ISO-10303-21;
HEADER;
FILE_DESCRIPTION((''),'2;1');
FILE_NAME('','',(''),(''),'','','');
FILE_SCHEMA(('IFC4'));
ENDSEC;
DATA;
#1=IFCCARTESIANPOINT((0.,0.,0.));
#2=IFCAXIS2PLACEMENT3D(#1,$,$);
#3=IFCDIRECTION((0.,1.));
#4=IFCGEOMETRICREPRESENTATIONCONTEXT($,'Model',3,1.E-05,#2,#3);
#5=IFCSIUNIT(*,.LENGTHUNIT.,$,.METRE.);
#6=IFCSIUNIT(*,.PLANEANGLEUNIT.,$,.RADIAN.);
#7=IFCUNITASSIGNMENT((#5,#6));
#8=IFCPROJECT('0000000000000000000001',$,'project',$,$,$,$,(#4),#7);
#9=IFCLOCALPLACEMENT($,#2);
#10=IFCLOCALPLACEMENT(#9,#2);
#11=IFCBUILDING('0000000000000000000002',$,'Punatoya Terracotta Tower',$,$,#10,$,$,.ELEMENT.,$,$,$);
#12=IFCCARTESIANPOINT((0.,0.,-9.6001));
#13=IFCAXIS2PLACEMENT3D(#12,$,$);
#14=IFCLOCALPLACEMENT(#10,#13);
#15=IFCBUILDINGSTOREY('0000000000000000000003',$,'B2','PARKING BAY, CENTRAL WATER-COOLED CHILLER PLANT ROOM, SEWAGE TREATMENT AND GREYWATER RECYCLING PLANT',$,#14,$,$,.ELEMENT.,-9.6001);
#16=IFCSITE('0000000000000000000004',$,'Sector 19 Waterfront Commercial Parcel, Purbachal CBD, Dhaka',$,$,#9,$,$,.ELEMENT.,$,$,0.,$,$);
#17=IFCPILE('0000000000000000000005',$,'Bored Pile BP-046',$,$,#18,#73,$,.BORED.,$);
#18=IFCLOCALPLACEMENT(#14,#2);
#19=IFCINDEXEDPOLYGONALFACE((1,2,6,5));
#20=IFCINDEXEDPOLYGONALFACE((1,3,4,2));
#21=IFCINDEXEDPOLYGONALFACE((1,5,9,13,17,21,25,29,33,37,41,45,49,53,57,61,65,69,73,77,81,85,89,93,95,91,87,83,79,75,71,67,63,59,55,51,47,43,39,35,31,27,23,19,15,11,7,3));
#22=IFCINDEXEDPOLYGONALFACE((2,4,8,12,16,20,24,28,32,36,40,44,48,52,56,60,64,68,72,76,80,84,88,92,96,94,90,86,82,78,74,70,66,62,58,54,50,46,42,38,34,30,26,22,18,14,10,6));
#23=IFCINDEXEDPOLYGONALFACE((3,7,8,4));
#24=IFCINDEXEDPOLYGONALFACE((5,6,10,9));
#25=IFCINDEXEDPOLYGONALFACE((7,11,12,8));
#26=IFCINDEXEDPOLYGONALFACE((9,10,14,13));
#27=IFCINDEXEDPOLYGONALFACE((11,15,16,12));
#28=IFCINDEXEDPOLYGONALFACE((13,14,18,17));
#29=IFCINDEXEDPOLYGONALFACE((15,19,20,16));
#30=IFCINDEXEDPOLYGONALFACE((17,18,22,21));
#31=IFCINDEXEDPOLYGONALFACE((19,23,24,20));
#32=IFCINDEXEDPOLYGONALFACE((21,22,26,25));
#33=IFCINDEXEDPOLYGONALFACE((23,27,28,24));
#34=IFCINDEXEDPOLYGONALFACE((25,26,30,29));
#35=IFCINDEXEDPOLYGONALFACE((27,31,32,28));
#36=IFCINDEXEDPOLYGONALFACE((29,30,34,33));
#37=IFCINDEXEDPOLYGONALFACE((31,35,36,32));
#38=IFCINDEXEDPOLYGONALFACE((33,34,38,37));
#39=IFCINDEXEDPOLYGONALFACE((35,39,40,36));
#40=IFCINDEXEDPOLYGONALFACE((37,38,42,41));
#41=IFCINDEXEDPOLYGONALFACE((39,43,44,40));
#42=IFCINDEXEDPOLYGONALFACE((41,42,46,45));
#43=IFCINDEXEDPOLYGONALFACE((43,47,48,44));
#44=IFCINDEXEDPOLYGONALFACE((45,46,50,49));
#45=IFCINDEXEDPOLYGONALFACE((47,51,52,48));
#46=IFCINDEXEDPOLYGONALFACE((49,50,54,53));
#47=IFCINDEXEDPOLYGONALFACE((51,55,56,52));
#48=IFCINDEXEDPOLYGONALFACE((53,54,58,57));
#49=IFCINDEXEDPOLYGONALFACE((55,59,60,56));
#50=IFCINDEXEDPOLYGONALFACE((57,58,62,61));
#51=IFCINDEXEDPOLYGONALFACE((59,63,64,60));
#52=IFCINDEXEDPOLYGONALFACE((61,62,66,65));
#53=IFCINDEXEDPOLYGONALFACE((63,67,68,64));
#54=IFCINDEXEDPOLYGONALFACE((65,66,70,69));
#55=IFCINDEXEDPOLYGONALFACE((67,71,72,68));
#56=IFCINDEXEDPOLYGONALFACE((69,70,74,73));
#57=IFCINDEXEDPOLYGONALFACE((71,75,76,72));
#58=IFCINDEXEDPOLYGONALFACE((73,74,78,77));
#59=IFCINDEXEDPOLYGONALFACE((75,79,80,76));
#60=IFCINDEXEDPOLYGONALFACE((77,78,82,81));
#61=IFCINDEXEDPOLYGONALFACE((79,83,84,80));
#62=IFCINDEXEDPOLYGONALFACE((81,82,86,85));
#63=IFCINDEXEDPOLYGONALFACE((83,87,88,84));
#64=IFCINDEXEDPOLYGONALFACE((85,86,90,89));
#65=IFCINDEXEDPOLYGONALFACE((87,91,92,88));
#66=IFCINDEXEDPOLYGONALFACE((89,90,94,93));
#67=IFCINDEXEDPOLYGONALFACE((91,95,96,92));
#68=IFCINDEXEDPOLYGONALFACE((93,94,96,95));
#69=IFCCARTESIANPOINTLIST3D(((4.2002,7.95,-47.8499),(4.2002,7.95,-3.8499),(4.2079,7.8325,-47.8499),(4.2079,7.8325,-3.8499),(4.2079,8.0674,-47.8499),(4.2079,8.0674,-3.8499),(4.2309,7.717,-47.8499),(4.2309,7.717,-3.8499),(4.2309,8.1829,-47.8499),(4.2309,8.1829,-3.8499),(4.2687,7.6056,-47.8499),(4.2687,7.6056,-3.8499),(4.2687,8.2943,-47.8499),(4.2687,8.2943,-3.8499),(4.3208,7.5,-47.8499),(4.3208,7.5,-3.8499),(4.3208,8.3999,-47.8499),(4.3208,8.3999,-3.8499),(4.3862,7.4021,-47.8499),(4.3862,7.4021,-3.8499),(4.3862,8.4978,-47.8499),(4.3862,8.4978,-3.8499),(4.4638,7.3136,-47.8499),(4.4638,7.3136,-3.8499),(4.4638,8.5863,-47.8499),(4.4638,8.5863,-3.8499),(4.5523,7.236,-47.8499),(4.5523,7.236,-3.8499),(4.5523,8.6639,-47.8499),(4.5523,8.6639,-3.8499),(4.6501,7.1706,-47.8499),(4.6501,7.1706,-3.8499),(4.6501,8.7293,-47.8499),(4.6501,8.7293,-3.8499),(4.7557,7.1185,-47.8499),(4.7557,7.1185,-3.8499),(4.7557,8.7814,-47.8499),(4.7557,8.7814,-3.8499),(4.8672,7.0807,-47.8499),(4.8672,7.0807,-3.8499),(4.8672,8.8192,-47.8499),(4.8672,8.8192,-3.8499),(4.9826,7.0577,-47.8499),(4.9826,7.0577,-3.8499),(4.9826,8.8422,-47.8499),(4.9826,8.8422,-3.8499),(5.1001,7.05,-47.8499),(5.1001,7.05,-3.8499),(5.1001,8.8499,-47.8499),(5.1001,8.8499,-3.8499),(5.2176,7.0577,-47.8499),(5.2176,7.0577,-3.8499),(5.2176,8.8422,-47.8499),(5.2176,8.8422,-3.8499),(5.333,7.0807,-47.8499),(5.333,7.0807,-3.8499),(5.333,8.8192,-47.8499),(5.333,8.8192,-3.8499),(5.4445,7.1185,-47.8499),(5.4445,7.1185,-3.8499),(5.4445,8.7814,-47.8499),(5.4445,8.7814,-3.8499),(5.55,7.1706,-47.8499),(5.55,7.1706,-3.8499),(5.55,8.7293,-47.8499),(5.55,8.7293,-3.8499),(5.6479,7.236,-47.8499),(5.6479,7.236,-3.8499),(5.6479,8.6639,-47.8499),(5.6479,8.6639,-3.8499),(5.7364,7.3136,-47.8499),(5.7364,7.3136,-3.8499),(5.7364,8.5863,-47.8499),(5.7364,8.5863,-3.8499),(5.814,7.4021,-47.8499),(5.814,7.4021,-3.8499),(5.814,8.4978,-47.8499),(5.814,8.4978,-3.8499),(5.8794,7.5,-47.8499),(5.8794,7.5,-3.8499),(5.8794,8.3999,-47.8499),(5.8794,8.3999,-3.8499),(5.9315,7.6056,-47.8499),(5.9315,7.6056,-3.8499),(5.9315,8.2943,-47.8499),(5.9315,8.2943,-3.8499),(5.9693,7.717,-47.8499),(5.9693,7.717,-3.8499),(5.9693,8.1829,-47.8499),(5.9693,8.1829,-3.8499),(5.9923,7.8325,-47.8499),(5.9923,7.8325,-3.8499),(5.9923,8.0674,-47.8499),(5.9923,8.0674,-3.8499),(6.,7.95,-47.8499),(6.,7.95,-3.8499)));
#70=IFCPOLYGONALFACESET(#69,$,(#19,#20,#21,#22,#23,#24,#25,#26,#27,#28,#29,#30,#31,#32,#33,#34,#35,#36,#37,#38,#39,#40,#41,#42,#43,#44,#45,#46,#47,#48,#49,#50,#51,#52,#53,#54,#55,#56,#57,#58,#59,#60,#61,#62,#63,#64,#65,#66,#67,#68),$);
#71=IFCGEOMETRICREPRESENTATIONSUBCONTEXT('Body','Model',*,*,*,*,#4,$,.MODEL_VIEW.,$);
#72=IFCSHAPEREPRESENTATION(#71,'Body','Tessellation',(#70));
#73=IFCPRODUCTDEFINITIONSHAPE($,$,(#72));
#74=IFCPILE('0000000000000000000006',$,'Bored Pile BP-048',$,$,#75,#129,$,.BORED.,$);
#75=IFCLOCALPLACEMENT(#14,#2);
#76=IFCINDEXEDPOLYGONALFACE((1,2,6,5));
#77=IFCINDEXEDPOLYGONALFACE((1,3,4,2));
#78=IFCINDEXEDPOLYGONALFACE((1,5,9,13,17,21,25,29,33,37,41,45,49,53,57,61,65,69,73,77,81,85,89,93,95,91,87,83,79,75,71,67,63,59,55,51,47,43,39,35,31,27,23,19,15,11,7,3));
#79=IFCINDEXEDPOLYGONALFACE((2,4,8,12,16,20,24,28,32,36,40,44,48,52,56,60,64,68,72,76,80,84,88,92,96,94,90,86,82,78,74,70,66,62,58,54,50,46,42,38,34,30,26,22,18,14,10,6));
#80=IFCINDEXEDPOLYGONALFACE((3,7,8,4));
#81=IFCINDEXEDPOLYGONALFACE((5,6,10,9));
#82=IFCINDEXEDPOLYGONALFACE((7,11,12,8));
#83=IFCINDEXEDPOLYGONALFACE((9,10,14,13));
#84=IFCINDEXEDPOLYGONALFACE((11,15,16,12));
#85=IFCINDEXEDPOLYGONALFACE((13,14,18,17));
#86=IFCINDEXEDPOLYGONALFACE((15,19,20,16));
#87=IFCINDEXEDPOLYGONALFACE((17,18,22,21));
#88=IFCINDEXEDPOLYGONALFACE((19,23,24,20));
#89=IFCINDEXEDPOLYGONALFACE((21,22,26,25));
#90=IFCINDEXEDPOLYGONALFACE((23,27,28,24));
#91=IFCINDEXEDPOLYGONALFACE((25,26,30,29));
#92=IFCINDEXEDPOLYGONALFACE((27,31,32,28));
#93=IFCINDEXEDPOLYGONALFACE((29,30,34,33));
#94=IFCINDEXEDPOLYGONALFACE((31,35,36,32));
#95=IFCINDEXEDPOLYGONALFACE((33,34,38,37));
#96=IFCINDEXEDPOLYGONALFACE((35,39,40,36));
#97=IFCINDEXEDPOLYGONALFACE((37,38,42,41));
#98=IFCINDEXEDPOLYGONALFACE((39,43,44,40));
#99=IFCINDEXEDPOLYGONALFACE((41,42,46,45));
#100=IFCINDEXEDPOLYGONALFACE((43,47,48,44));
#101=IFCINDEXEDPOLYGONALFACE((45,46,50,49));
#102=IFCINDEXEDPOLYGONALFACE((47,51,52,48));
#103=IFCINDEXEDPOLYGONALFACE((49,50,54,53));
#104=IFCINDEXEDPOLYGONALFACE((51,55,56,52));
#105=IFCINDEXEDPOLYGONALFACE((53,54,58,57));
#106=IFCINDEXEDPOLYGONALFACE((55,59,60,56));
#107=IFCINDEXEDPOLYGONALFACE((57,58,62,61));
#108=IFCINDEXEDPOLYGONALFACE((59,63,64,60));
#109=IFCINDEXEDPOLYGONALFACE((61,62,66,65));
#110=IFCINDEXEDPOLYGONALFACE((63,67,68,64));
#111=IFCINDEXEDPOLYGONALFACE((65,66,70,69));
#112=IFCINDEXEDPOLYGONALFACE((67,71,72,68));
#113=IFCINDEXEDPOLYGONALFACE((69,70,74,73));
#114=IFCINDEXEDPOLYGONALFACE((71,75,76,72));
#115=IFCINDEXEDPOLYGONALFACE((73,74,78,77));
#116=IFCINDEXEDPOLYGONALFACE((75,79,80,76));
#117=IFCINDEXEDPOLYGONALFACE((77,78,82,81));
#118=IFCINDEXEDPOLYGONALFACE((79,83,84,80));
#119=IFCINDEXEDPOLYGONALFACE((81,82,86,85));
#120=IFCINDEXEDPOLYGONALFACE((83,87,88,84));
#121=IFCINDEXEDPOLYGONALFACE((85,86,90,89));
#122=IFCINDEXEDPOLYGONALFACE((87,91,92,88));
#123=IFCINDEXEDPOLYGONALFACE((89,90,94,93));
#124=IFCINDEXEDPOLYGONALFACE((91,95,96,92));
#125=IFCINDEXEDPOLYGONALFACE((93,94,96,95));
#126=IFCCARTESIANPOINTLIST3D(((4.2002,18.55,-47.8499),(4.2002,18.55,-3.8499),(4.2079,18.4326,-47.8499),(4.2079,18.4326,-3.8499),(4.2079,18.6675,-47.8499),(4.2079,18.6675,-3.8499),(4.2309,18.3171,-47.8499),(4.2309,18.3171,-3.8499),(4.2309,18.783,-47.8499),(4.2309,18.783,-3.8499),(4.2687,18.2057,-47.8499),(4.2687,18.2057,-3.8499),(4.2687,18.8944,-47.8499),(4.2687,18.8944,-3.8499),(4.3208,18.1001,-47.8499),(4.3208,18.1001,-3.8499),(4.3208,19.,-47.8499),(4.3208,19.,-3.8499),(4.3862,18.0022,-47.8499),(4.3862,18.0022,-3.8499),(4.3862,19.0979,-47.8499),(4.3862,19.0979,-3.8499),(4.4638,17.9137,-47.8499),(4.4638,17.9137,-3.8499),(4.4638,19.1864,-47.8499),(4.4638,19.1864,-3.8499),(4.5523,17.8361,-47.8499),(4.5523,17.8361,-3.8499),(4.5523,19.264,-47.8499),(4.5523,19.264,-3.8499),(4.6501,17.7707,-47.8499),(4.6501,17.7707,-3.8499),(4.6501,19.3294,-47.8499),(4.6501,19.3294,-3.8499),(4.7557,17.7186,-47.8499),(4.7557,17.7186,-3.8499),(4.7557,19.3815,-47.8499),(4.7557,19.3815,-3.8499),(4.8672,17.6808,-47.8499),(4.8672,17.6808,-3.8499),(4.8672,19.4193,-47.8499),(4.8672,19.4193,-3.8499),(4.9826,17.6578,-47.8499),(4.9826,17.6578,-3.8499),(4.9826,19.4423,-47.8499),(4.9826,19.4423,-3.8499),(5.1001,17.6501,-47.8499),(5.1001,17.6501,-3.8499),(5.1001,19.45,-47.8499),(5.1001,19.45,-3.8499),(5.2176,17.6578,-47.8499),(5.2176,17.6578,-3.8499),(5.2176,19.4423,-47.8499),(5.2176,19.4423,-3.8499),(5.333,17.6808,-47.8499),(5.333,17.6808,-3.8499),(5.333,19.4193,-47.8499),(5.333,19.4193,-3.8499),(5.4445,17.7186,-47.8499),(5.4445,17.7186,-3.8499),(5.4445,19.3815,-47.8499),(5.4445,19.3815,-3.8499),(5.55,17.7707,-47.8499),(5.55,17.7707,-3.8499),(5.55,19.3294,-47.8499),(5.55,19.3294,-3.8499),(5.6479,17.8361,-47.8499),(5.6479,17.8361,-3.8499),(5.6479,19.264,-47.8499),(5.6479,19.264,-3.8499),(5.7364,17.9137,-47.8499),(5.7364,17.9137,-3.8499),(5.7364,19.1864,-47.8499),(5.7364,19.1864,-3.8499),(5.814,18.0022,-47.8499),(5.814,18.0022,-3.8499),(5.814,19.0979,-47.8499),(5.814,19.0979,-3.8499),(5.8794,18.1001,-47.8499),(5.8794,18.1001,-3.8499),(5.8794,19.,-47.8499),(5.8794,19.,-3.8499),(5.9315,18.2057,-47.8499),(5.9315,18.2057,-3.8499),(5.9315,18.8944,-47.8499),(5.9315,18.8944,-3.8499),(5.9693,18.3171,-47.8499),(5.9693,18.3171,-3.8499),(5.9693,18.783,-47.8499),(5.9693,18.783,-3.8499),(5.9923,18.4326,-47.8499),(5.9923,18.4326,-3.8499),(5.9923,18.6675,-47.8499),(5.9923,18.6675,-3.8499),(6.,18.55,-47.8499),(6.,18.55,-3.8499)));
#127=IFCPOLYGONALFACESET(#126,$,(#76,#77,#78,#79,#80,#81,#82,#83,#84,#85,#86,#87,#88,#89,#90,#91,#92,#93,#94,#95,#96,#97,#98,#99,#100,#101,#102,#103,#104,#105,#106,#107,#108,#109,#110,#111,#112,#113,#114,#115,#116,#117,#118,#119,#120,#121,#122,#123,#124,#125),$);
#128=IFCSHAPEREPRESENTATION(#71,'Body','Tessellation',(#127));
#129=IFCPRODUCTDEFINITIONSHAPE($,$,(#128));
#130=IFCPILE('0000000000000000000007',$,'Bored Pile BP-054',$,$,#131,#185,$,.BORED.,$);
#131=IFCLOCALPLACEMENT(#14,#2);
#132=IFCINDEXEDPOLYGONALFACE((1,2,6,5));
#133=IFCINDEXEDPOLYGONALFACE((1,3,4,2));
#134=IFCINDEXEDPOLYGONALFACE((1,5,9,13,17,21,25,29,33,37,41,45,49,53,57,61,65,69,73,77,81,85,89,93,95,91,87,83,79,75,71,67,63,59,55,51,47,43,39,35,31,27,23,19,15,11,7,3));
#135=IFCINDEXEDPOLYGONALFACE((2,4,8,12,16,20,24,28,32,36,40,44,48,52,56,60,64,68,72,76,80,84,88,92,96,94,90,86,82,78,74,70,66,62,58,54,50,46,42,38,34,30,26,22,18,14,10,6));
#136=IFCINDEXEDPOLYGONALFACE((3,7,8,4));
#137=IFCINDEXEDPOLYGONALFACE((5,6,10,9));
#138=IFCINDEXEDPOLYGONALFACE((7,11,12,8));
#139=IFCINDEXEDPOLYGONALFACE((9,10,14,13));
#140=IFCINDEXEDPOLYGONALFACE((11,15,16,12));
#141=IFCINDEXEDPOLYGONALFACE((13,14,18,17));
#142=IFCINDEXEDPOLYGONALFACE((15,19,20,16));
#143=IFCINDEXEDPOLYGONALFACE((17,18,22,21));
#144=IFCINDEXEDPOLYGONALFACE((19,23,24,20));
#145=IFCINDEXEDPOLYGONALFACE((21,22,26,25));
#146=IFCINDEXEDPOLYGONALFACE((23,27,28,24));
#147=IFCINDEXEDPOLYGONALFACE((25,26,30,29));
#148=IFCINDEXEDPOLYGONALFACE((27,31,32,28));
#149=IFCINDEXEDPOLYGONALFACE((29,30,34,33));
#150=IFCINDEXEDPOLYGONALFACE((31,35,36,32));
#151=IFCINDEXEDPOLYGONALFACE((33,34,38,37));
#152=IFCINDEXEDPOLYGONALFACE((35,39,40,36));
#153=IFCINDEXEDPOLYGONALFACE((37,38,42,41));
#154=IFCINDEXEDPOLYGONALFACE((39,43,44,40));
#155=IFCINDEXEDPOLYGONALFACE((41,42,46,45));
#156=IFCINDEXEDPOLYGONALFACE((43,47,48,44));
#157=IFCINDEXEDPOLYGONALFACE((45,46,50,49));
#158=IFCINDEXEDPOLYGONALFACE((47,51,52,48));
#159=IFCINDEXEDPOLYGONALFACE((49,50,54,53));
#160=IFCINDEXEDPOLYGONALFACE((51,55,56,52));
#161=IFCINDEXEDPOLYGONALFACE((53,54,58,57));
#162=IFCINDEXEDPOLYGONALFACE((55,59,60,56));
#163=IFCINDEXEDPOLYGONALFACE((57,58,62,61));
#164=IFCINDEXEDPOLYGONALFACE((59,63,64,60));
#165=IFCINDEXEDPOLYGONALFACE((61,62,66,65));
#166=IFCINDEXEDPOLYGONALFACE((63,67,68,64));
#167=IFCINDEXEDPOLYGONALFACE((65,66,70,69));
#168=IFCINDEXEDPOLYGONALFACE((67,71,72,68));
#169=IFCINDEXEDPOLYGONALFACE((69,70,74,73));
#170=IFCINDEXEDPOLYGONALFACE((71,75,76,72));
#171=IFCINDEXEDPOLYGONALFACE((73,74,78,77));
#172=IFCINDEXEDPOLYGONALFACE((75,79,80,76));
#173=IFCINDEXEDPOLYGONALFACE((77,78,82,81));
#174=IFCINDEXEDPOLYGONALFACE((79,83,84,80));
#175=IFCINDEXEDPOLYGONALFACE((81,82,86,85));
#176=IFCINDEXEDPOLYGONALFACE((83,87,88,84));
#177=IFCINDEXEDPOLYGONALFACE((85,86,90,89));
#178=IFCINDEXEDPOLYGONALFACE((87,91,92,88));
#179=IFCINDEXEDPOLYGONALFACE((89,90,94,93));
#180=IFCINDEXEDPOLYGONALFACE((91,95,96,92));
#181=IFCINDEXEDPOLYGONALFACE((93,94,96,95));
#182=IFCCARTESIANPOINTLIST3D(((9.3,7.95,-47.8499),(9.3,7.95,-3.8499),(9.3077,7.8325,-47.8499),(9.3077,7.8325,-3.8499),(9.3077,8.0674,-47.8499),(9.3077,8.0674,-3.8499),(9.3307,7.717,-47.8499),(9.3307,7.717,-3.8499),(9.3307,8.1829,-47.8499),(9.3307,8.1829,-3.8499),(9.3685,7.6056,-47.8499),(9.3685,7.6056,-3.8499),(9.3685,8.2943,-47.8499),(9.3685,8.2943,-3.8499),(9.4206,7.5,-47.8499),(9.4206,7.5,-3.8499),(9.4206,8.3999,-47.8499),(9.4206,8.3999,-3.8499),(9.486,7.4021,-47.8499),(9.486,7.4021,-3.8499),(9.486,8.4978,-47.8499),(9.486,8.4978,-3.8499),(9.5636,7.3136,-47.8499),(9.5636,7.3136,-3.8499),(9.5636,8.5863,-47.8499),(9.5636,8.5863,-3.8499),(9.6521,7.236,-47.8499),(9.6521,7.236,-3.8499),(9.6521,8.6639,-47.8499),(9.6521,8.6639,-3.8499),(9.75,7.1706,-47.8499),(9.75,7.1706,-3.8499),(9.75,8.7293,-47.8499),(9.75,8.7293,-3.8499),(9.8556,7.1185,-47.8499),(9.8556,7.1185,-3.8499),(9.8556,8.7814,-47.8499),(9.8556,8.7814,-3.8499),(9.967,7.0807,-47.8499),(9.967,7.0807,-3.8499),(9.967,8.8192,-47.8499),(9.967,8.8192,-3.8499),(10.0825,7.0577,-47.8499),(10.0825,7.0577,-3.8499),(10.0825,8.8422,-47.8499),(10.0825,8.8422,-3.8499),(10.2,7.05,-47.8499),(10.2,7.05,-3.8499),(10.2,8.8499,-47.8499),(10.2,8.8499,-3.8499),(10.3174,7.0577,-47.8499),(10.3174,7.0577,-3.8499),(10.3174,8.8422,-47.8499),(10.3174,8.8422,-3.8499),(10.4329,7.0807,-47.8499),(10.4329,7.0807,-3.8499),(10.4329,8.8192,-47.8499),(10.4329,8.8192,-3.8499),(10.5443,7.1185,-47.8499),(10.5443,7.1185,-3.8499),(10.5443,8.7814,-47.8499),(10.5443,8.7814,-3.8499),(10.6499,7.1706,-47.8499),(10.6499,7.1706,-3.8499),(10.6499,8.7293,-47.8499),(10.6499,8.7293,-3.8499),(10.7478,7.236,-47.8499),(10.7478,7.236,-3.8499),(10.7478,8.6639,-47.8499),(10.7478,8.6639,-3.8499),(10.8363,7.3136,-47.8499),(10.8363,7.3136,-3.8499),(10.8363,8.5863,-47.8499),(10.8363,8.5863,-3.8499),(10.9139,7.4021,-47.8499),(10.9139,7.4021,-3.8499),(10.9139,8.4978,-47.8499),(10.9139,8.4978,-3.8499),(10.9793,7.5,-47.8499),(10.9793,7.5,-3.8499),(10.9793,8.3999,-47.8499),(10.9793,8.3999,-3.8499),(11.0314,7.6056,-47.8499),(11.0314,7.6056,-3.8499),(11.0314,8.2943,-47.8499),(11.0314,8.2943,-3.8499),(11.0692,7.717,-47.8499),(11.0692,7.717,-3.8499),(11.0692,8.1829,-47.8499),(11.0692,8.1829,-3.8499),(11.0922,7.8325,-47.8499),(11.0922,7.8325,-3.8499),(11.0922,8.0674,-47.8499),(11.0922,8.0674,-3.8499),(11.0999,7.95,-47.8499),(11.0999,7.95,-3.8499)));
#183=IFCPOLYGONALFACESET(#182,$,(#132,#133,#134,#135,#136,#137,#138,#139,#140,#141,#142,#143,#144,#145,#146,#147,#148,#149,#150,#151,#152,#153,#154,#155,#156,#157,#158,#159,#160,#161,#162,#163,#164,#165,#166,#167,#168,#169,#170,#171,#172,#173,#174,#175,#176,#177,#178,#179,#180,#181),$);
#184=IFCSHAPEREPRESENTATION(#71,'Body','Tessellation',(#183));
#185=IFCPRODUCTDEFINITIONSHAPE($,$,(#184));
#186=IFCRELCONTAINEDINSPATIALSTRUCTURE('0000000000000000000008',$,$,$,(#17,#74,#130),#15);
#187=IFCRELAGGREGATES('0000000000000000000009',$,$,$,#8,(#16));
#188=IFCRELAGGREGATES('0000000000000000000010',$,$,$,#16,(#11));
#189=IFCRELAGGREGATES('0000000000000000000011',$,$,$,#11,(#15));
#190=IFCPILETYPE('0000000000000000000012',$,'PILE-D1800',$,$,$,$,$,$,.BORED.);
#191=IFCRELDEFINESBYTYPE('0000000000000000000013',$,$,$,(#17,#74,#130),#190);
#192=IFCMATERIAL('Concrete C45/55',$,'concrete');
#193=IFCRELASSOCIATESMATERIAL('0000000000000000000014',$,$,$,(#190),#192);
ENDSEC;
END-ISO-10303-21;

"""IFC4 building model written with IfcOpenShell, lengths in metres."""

from ifc_helpers import new_model, si_unit, direction, frame, origin, origin_2d, place, context, subcontext, project, spatial, circle, extrude, material, material_profile, profile_set, type_object, element, save


model = new_model("IFC4")

# Units and contexts
model_context = context("Model", 3, precision=1e-05, world=origin(), true_north=direction((0.0, 1.0)))
body_context = subcontext(model_context, "Body", "Model", "MODEL_VIEW")
ifc_project = project(units=[si_unit("LENGTHUNIT", "METRE"), si_unit("PLANEANGLEUNIT", "RADIAN")], contexts=[model_context])

# Site, building, storey
site_placement = place(None, origin())
site = spatial("IfcSite", under=ifc_project, at=site_placement, Name="Sector 19 Waterfront Commercial Parcel, Purbachal CBD, Dhaka", CompositionType="ELEMENT", RefElevation=0.0)
building_placement = place(site_placement, origin())
building = spatial("IfcBuilding", under=site, at=building_placement, Name="Punatoya Terracotta Tower", CompositionType="ELEMENT")
storey_placement = place(building_placement, frame((0.0, 0.0, -9.6001)))
storey = spatial("IfcBuildingStorey", under=building, at=storey_placement, Name="B2", Description="PARKING BAY, CENTRAL WATER-COOLED CHILLER PLANT ROOM, SEWAGE TREATMENT AND GREYWATER RECYCLING PLANT", CompositionType="ELEMENT", Elevation=-9.6001)

# Shared definitions
ifc_material_1 = material(Name="Concrete C45/55", Category="concrete")

# Piles
ifc_material_profile_1 = material_profile(ifc_material_1, circle(Radius=0.8999, at=origin_2d()))
ifc_profile_set_1 = profile_set([ifc_material_profile_1], Name="Concrete C45/55")
pile_type_1 = type_object("IfcPileType", Name="PILE-D1800", PredefinedType="BORED", material=ifc_profile_set_1)
for number, where, z_axis, x_axis, name in (
    (1, (5.1001, 7.95, -3.8499), (0.0, 0.0, -1.0), (1.0, 0.0, 0.0), "Bored Pile BP-046"),
    (2, (5.1001, 18.55, -3.8499), (0.0, 0.0, -1.0), (1.0, 0.0, 0.0), "Bored Pile BP-048"),
    (3, (10.2, 7.95, -3.8499), (0.0, 0.0, -1.0), (1.0, 0.0, 0.0), "Bored Pile BP-054"),
):
    element("IfcPile", number, at=place(storey_placement, frame(where, z_axis=z_axis, x_axis=x_axis)), inside=storey, type_object=pile_type_1, Name=name, PredefinedType="BORED", context=body_context, shape_type="SweptSolid", body=[
        extrude(circle(Radius=0.8999, at=origin_2d()), origin(), (0.0, 0.0, 1.0), 44.0),
    ])

save(model, "model.ifc")
